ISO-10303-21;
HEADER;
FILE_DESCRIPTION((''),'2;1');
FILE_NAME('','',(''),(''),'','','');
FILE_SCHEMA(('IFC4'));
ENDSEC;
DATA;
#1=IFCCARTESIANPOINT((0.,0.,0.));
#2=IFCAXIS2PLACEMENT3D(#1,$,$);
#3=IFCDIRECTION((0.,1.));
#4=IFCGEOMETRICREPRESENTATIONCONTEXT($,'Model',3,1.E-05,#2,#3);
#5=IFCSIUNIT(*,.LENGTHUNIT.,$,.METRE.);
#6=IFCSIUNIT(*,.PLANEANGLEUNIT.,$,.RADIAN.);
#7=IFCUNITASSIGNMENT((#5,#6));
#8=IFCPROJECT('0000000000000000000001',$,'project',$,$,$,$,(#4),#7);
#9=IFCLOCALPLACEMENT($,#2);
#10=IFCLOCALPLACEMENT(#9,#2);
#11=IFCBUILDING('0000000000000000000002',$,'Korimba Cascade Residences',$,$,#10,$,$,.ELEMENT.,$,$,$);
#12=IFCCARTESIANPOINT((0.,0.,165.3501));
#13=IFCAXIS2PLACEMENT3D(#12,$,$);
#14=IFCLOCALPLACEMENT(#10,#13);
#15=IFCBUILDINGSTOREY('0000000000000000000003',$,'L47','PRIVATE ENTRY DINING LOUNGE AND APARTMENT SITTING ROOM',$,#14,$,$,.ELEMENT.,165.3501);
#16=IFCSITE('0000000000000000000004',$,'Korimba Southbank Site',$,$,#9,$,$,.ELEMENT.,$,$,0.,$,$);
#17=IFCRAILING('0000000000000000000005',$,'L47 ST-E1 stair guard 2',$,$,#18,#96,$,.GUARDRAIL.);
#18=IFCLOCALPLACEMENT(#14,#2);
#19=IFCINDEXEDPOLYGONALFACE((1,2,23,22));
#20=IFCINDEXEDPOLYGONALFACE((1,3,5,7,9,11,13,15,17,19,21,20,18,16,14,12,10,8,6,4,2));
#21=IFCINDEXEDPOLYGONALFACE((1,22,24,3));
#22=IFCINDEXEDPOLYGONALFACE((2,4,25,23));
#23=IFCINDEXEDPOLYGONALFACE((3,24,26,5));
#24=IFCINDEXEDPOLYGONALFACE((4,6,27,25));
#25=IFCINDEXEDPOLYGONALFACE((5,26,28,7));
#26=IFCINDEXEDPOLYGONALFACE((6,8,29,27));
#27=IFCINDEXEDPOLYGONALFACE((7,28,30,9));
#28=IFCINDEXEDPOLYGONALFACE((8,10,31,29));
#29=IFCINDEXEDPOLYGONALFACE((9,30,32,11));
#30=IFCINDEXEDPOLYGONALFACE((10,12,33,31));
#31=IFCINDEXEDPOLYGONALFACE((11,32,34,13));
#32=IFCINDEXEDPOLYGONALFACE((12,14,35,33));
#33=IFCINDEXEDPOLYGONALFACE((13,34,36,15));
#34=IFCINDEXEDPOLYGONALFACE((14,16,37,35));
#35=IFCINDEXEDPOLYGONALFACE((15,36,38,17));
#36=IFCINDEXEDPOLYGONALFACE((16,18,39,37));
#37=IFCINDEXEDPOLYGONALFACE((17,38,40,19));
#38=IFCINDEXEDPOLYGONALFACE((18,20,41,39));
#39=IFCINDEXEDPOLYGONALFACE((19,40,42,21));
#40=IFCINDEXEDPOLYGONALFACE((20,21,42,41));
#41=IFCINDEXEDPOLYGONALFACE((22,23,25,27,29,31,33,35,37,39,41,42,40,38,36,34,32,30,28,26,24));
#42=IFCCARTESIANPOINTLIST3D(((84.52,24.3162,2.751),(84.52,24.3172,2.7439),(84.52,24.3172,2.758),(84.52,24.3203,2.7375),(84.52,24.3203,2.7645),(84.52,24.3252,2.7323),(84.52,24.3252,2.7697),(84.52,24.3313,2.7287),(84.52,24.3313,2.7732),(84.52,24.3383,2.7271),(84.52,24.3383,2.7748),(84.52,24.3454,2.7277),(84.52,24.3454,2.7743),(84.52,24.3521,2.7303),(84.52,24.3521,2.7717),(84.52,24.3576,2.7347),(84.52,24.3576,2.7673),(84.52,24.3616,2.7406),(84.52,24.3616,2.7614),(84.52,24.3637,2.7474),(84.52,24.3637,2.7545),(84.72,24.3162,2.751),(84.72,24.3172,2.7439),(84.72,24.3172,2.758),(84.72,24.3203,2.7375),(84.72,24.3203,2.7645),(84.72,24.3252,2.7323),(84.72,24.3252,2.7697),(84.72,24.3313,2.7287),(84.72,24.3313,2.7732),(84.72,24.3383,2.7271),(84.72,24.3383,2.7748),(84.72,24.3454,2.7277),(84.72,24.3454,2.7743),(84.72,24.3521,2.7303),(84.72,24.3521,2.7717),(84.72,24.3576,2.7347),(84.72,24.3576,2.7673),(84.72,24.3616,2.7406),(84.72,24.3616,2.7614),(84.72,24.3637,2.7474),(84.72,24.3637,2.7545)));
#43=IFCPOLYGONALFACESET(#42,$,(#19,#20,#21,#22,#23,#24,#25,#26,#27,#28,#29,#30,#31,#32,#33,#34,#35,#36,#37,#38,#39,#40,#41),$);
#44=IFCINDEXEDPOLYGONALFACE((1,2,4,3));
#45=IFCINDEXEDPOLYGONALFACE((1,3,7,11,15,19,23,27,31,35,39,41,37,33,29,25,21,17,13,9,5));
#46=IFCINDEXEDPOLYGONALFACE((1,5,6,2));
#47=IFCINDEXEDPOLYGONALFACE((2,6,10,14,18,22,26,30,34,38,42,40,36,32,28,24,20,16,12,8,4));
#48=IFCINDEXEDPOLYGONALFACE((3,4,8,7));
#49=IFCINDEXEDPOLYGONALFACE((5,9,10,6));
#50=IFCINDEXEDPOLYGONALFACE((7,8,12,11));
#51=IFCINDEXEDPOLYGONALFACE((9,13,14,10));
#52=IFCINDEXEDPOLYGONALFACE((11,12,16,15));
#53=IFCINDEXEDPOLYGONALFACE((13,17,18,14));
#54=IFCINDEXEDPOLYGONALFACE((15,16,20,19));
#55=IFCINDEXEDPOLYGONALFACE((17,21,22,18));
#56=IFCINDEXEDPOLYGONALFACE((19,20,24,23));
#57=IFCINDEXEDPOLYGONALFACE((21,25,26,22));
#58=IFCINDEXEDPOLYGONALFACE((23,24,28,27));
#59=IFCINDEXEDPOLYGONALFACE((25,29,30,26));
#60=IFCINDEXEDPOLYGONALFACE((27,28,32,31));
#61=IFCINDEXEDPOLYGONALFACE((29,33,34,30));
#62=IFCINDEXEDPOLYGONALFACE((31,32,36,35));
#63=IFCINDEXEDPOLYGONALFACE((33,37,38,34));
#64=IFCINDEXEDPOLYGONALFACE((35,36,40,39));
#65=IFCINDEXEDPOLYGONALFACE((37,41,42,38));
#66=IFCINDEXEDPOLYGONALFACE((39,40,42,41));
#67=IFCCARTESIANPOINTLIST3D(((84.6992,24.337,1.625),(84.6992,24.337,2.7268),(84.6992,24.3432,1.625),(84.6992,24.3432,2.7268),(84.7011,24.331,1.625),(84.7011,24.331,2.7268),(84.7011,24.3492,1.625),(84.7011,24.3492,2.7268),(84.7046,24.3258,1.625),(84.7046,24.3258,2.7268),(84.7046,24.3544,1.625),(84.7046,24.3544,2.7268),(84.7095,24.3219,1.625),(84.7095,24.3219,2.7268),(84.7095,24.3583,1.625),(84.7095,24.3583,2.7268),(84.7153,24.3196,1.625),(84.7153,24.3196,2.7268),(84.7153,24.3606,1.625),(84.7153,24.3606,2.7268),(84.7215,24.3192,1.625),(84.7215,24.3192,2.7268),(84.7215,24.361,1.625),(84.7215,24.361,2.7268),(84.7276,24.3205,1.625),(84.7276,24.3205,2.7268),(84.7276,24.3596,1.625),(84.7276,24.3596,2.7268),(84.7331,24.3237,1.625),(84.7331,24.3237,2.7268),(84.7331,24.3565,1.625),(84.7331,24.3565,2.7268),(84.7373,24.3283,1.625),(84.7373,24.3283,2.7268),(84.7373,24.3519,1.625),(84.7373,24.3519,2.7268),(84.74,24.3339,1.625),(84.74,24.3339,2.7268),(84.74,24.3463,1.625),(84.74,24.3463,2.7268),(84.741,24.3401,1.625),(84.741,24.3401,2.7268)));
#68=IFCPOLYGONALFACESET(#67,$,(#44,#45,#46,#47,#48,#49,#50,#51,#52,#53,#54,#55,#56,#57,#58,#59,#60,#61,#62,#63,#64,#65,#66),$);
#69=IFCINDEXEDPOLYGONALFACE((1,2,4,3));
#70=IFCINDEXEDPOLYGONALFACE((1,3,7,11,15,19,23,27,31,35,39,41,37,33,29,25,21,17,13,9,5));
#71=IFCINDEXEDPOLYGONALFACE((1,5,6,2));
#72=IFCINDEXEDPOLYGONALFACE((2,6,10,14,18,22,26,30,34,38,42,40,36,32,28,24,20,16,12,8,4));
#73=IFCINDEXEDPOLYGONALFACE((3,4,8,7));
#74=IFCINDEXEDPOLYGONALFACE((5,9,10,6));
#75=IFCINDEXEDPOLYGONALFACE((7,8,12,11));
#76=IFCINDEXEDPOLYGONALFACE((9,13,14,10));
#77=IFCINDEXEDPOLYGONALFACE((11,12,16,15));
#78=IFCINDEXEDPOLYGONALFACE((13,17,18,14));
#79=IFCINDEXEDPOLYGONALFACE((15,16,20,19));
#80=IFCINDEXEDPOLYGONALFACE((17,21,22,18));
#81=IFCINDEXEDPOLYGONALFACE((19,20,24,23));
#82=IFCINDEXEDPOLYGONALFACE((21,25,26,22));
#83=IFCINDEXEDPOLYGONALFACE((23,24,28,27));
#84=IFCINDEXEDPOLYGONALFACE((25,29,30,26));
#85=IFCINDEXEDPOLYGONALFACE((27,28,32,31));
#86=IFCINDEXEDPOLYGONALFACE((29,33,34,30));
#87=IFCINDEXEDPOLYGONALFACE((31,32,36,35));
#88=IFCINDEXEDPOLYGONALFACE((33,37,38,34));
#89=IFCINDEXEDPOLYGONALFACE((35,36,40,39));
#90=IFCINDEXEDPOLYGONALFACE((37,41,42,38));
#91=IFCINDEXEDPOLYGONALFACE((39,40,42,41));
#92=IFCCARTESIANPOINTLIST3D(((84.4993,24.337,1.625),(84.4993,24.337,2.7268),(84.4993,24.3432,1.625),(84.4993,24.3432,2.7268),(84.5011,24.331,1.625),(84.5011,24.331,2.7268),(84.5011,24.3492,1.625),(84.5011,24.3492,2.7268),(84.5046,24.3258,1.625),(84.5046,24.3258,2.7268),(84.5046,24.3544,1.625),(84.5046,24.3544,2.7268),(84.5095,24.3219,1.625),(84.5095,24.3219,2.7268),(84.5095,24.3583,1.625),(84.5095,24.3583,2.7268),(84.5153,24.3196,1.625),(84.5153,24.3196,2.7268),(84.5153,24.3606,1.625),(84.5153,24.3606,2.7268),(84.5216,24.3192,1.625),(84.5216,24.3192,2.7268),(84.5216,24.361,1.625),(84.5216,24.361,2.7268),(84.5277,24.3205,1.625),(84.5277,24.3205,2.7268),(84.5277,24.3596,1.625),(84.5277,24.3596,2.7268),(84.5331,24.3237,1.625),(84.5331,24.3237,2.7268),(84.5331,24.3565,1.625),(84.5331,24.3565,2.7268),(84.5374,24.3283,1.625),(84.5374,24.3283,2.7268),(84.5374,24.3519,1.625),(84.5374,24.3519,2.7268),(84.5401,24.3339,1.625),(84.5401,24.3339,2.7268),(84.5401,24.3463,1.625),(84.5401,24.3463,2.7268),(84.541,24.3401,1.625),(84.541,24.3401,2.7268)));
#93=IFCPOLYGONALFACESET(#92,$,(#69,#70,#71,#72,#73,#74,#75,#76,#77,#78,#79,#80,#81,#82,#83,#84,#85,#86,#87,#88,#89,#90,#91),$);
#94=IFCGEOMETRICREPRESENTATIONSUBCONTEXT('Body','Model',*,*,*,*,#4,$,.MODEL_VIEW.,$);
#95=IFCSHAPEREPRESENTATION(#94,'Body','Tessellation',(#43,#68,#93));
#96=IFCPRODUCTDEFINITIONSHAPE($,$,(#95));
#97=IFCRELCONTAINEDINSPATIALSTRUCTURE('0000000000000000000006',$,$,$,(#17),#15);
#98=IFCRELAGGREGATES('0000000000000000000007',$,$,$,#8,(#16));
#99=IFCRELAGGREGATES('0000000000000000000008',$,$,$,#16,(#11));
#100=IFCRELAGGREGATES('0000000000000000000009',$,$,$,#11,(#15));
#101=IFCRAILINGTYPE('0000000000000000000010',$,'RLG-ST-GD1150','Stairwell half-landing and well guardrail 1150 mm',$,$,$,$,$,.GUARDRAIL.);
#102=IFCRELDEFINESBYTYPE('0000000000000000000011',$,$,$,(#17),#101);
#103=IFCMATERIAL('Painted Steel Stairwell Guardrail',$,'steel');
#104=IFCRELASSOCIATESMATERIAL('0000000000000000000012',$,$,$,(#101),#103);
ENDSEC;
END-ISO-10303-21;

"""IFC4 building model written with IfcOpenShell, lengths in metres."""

from ifc_helpers import new_model, si_unit, direction, frame, origin, origin_2d, place, context, subcontext, project, spatial, circle, extrude, material, type_object, element, save


model = new_model("IFC4")

# Units and contexts
model_context = context("Model", 3, precision=1e-05, world=origin(), true_north=direction((0.0, 1.0)))
body_context = subcontext(model_context, "Body", "Model", "MODEL_VIEW")
ifc_project = project(units=[si_unit("LENGTHUNIT", "METRE"), si_unit("PLANEANGLEUNIT", "RADIAN")], contexts=[model_context])

# Site, building, storey
site_placement = place(None, origin())
site = spatial("IfcSite", under=ifc_project, at=site_placement, Name="Korimba Southbank Site", CompositionType="ELEMENT", RefElevation=0.0)
building_placement = place(site_placement, origin())
building = spatial("IfcBuilding", under=site, at=building_placement, Name="Korimba Cascade Residences", CompositionType="ELEMENT")
storey_placement = place(building_placement, frame((0.0, 0.0, 165.3501)))
storey = spatial("IfcBuildingStorey", under=building, at=storey_placement, Name="L47", Description="PRIVATE ENTRY DINING LOUNGE AND APARTMENT SITTING ROOM", CompositionType="ELEMENT", Elevation=165.3501)

# Railing
ifc_material_1 = material(Name="Painted Steel Stairwell Guardrail", Category="steel")
railing_type_1 = type_object("IfcRailingType", Name="RLG-ST-GD1150", Description="Stairwell half-landing and well guardrail 1150 mm", PredefinedType="GUARDRAIL", material=ifc_material_1)
railing_1_placement = place(storey_placement, frame((84.72, 24.3401, 1.625)))
element("IfcRailing", 1, at=railing_1_placement, inside=storey, type_object=railing_type_1, Name="L47 ST-E1 stair guard 2", PredefinedType="GUARDRAIL", context=body_context, shape_type="SweptSolid", body=[
    extrude(circle(Radius=0.0239, at=origin_2d()), frame((0.0, 0.0, 1.126), z_axis=(-1.0, 0.0, 0.0), x_axis=(0.0, -1.0, 0.0)), (0.0, 0.0, 1.0), 0.2),
    extrude(circle(Radius=0.021, at=origin_2d()), origin(), (0.0, 0.0, 1.0), 1.1018),
    extrude(circle(Radius=0.021, at=origin_2d()), frame((-0.2, 0.0, 0.0)), (0.0, 0.0, 1.0), 1.1018),
])

save(model, "model.ifc")
